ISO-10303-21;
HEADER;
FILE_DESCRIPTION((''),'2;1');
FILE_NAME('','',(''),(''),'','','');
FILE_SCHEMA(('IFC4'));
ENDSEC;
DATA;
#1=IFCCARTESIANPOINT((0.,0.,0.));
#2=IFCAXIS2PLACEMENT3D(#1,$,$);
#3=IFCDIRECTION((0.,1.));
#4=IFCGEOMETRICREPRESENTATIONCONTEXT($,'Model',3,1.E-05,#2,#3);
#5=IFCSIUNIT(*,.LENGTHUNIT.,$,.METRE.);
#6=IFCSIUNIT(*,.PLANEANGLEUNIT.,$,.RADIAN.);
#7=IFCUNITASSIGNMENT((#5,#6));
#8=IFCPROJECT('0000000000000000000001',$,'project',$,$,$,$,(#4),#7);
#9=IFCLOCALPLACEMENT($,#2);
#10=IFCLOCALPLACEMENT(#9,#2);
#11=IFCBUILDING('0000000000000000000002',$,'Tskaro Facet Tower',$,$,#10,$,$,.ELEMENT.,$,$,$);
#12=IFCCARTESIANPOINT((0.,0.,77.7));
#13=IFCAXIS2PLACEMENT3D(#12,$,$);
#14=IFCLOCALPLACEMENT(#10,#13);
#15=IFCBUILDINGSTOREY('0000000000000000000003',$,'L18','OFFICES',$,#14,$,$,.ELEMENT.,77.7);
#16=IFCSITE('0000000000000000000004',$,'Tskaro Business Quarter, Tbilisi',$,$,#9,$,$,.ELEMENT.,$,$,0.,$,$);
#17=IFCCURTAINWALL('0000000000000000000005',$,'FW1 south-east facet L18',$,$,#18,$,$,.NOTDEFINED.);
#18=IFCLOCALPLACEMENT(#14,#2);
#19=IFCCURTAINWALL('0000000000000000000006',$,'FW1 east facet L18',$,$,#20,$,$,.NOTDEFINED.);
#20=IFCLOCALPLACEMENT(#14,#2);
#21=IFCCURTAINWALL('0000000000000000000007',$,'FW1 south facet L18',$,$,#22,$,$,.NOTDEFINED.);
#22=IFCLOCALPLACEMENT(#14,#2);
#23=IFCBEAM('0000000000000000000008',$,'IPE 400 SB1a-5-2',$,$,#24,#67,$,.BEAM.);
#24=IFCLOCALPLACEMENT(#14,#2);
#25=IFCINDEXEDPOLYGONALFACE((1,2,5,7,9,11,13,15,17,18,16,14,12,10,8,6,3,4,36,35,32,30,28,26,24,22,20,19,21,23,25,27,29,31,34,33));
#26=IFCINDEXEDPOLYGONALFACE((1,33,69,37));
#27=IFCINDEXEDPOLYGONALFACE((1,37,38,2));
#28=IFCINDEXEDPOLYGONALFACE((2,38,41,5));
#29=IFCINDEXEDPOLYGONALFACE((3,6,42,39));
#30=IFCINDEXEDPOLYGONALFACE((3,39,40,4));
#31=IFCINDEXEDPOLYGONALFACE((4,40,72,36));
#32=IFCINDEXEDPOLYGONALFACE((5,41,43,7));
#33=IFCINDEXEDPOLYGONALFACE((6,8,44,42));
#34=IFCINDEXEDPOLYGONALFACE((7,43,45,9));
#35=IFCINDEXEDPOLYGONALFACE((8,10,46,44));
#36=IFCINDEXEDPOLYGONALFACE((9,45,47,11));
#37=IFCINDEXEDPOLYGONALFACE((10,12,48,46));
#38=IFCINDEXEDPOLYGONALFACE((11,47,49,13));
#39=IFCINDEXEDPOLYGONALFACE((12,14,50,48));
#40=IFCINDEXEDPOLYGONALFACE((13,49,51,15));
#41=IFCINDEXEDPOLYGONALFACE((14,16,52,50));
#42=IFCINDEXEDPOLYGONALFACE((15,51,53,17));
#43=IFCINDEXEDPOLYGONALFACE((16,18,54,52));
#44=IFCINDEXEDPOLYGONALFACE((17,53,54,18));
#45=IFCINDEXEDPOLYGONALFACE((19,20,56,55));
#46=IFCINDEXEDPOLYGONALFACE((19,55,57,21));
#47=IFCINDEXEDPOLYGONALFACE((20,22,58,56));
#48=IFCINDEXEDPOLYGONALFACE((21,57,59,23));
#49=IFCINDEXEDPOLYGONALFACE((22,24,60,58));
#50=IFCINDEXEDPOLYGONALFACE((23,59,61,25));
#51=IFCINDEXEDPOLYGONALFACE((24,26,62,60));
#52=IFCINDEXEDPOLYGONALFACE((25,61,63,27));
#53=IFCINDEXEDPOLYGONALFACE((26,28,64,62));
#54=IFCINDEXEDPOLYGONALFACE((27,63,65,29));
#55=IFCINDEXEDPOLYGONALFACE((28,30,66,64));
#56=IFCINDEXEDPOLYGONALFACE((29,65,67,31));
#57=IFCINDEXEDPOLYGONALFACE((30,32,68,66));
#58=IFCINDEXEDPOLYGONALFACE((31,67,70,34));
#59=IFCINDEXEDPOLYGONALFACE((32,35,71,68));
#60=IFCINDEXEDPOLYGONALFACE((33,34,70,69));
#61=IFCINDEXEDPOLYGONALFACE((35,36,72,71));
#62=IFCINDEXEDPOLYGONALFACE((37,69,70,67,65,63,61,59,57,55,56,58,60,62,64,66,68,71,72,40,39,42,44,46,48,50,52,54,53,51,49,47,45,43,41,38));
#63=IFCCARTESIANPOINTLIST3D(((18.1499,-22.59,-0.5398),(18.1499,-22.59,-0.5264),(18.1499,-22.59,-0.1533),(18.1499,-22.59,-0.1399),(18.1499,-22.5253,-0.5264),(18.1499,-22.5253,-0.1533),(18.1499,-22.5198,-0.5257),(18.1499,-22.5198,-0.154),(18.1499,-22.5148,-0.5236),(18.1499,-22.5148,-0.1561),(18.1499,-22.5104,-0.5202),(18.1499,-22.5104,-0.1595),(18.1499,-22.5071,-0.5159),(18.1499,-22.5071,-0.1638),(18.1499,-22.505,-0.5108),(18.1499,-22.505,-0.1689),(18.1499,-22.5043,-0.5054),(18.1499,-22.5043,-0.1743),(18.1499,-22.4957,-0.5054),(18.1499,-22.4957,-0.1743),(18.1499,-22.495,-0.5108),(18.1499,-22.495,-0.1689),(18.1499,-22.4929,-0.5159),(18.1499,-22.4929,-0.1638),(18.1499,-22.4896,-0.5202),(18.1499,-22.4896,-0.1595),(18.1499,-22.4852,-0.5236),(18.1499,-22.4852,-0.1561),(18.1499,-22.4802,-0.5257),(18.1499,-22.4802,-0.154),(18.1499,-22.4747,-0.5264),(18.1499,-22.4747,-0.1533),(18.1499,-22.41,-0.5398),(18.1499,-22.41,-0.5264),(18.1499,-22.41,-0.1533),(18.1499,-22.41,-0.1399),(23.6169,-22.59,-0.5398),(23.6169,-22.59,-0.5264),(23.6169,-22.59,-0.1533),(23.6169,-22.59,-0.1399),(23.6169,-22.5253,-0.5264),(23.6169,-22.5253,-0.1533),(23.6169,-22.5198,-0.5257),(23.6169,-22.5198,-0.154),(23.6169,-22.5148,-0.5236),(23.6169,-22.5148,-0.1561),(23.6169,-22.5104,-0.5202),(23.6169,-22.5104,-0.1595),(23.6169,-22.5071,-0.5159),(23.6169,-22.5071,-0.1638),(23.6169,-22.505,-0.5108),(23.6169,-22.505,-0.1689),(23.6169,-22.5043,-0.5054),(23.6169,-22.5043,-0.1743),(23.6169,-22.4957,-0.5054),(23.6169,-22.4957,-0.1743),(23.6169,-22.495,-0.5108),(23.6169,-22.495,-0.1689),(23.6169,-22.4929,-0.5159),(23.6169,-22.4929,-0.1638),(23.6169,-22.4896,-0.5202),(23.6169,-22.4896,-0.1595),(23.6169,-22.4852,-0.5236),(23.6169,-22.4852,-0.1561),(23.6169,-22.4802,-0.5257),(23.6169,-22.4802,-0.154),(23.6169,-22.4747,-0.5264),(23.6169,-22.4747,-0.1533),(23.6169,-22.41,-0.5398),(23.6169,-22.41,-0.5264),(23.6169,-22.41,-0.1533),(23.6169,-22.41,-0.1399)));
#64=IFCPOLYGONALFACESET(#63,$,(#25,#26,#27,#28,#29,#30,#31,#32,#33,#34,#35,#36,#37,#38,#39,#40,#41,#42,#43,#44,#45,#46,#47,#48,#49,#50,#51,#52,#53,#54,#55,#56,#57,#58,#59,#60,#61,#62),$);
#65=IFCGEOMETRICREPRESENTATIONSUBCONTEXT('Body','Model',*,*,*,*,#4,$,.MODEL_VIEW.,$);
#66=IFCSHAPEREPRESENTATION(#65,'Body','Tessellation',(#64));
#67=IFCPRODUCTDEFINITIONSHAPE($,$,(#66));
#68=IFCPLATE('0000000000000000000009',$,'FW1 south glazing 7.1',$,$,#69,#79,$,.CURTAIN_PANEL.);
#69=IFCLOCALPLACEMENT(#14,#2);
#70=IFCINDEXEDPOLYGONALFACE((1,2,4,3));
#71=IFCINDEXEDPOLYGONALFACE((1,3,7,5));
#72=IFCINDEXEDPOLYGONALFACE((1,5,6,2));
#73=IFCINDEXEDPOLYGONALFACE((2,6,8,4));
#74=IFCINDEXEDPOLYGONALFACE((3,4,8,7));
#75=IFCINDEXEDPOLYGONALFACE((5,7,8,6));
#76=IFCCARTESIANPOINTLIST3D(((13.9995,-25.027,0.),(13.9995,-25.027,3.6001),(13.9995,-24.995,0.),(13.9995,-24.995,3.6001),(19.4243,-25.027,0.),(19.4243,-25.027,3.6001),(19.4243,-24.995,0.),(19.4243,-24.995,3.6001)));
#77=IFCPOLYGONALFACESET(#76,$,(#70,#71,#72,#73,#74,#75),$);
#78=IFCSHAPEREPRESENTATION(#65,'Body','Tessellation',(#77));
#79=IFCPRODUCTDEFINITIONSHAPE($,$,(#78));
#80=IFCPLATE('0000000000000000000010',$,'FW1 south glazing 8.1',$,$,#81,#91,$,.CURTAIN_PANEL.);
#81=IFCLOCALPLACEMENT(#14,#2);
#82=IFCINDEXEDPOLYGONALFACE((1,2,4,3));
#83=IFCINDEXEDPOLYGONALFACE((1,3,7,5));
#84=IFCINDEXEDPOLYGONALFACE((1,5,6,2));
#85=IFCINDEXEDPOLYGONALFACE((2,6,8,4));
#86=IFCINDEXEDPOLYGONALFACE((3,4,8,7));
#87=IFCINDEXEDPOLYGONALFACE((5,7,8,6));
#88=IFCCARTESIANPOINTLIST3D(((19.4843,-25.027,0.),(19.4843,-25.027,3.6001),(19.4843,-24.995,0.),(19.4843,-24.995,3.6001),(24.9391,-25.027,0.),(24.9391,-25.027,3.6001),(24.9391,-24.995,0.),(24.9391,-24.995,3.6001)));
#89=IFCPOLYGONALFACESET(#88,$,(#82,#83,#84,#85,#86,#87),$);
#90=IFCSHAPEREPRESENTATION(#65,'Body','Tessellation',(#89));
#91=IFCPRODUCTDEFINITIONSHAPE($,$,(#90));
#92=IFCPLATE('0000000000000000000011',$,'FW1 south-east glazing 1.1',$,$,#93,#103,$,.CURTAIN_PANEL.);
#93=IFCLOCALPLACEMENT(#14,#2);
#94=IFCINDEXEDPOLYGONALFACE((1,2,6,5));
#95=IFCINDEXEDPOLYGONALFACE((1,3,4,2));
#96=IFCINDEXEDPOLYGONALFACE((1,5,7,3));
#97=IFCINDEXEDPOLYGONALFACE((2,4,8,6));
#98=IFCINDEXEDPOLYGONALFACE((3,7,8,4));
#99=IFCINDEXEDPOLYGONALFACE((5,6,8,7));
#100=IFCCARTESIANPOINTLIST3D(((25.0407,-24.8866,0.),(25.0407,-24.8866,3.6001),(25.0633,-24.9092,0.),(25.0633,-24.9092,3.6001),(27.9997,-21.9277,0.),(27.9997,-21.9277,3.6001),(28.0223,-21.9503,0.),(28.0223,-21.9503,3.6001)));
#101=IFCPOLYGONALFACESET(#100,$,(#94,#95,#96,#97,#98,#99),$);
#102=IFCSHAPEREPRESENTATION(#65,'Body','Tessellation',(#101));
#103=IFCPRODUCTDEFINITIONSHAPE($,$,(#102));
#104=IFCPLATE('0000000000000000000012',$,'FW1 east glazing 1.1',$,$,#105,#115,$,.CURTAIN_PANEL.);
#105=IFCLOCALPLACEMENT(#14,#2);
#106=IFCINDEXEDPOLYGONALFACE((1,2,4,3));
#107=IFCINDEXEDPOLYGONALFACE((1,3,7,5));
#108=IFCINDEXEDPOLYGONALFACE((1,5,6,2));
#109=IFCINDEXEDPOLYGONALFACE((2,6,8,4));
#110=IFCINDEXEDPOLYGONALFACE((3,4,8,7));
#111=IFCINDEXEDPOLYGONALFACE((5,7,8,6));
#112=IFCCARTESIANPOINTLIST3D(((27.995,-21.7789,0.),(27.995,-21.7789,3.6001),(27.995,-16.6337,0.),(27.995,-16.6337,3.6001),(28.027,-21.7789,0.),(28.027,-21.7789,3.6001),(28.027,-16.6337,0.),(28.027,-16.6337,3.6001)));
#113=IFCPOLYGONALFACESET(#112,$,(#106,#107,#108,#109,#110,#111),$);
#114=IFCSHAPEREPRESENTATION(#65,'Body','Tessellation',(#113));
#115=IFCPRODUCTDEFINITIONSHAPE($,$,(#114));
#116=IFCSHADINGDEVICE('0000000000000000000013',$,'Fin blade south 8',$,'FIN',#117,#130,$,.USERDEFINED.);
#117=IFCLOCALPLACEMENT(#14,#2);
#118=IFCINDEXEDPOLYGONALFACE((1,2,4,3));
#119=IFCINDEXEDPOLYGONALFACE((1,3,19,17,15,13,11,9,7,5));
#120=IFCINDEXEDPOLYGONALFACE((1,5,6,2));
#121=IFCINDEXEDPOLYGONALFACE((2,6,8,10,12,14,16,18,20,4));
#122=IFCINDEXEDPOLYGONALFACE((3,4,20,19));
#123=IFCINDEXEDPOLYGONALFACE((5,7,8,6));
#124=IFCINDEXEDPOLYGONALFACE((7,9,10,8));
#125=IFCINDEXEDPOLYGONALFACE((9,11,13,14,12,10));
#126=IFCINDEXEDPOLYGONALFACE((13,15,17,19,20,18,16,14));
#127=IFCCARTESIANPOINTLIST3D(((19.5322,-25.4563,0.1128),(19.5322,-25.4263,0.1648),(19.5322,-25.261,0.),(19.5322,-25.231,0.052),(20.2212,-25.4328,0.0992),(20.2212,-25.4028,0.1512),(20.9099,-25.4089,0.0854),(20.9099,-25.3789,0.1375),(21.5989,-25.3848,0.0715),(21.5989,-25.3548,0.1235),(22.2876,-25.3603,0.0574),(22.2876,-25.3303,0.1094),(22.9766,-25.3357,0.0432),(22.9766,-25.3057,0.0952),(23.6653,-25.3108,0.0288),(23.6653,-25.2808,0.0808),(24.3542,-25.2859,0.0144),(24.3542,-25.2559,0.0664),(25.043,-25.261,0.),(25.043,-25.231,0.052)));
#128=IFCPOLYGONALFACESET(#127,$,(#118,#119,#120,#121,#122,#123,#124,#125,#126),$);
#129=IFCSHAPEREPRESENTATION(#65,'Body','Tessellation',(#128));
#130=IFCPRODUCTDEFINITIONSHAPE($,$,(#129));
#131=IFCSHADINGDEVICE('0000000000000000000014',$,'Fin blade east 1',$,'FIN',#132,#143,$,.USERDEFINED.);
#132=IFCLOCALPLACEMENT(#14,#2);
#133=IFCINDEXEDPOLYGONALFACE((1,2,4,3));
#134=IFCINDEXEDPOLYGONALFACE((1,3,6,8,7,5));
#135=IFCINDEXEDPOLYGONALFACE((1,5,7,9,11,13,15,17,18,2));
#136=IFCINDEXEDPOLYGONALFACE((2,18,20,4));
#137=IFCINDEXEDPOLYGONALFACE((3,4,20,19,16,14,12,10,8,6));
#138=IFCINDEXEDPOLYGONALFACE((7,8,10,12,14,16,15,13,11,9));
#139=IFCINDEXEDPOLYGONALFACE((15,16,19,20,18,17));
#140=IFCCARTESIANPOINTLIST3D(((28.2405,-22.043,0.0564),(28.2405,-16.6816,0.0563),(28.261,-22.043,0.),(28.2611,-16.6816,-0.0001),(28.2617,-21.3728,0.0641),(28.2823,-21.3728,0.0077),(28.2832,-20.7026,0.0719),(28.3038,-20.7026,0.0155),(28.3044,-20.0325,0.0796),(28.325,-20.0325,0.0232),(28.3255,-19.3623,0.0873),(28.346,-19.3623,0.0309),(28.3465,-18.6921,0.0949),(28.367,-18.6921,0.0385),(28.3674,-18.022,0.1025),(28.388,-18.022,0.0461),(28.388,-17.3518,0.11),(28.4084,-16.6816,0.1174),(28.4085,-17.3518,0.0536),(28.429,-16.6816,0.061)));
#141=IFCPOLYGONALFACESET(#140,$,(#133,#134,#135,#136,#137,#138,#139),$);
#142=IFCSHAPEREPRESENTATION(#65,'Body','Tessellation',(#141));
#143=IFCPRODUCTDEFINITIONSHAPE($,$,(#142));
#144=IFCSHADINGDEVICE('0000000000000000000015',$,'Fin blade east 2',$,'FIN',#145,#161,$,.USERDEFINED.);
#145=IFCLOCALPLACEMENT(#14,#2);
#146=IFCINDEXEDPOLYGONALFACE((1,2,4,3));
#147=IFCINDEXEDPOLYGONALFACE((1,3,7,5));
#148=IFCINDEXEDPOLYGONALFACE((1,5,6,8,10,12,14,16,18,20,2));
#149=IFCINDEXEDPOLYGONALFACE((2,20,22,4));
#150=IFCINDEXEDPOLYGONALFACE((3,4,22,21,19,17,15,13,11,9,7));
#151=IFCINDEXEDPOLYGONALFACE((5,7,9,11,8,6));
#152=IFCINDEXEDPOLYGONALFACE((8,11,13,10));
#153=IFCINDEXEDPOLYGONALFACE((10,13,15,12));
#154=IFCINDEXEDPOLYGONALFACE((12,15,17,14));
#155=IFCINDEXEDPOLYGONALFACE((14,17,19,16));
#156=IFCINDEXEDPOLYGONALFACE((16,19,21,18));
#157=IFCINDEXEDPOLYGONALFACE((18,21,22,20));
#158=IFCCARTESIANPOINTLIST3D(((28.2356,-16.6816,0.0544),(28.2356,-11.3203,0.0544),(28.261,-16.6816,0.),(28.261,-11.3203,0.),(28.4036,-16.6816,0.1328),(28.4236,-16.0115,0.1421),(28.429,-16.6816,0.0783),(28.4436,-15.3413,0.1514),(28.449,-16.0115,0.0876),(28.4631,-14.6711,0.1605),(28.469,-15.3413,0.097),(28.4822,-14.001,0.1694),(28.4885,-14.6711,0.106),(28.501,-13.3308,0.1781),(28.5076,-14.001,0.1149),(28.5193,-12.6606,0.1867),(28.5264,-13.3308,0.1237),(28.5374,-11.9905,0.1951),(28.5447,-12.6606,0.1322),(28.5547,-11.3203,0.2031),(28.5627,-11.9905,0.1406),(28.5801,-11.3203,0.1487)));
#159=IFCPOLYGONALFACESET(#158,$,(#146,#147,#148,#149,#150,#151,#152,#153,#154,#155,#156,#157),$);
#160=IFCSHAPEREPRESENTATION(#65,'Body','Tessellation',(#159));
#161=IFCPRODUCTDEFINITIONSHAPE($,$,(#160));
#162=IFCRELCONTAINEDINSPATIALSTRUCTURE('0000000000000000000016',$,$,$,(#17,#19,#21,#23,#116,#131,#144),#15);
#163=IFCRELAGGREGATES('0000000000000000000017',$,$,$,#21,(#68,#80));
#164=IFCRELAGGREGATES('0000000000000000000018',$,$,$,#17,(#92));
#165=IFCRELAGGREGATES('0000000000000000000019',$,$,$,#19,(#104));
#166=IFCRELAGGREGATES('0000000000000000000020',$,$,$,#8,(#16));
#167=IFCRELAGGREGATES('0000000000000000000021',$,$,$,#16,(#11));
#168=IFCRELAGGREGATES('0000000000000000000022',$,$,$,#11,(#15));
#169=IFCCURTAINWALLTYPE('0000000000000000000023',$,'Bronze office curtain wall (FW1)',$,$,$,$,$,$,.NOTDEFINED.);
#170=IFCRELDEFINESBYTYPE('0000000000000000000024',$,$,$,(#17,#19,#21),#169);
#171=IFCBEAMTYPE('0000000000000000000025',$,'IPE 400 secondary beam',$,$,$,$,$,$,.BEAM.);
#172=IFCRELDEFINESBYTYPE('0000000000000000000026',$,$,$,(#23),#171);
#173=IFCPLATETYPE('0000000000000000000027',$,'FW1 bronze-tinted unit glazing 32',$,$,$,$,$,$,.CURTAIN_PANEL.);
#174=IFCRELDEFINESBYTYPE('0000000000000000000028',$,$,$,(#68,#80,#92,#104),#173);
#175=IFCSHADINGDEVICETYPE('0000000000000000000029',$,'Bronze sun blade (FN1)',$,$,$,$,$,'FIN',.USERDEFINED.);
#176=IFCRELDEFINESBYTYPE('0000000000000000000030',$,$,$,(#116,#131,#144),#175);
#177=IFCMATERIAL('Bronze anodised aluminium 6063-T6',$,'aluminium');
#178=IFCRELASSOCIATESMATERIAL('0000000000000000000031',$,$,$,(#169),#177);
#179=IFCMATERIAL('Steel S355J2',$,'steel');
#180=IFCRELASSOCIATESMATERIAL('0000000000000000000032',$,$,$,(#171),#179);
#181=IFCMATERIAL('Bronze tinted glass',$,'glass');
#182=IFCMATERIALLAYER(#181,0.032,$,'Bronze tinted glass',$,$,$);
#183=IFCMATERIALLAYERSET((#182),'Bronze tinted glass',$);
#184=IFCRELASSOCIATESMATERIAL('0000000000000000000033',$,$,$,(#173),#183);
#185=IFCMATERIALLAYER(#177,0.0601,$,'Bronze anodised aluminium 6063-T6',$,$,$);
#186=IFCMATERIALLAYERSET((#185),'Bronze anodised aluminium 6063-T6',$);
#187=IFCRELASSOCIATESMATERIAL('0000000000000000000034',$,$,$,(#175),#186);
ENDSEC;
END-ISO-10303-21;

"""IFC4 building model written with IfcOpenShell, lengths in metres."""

from ifc_helpers import new_model, si_unit, direction, frame, origin, origin_2d, place, context, subcontext, project, spatial, polyline, rectangle, i_section, outline, extrude, material, layer, layer_set, material_profile, profile_set, type_object, element, aggregate, save


model = new_model("IFC4")

# Units and contexts
model_context = context("Model", 3, precision=1e-05, world=origin(), true_north=direction((0.0, 1.0)))
body_context = subcontext(model_context, "Body", "Model", "MODEL_VIEW")
ifc_project = project(units=[si_unit("LENGTHUNIT", "METRE"), si_unit("PLANEANGLEUNIT", "RADIAN")], contexts=[model_context])

# Site, building, storey
site_placement = place(None, origin())
site = spatial("IfcSite", under=ifc_project, at=site_placement, Name="Tskaro Business Quarter, Tbilisi", CompositionType="ELEMENT", RefElevation=0.0)
building_placement = place(site_placement, origin())
building = spatial("IfcBuilding", under=site, at=building_placement, Name="Tskaro Facet Tower", CompositionType="ELEMENT")
storey_placement = place(building_placement, frame((0.0, 0.0, 77.7)))
storey = spatial("IfcBuildingStorey", under=building, at=storey_placement, Name="L18", Description="OFFICES", CompositionType="ELEMENT", Elevation=77.7)

# Curtain walls
ifc_material_1 = material(Name="Bronze anodised aluminium 6063-T6", Category="aluminium")
curtain_wall_type = type_object("IfcCurtainWallType", Name="Bronze office curtain wall (FW1)", PredefinedType="NOTDEFINED", material=ifc_material_1)
curtain_wall_1_placement = place(storey_placement, origin())
curtain_wall_1 = element("IfcCurtainWall", 1, at=curtain_wall_1_placement, inside=storey, type_object=curtain_wall_type, Name="FW1 south-east facet L18", PredefinedType="NOTDEFINED")
curtain_wall_2_placement = place(storey_placement, origin())
curtain_wall_2 = element("IfcCurtainWall", 2, at=curtain_wall_2_placement, inside=storey, type_object=curtain_wall_type, Name="FW1 east facet L18", PredefinedType="NOTDEFINED")

# Curtain wall
curtain_wall_3_placement = place(storey_placement, origin())
curtain_wall_3 = element("IfcCurtainWall", 3, at=curtain_wall_3_placement, inside=storey, type_object=curtain_wall_type, Name="FW1 south facet L18", PredefinedType="NOTDEFINED")

# Beam
ifc_material_2 = material(Name="Steel S355J2", Category="steel")
ifc_material_profile_1 = material_profile(ifc_material_2, i_section(OverallWidth=0.1799, OverallDepth=0.3999, WebThickness=0.0085, FlangeThickness=0.0134, FilletRadius=0.021, at=origin_2d()), Name="IPE 400")
ifc_profile_set_1 = profile_set([ifc_material_profile_1], Name="Steel S355J2")
beam_type_1 = type_object("IfcBeamType", Name="IPE 400 secondary beam", PredefinedType="BEAM", material=ifc_profile_set_1)
beam_1_placement = place(storey_placement, frame((18.1499, -22.5, -0.3398), z_axis=(1.0, 0.0, 0.0), x_axis=(0.0, 1.0, 0.0)))
element("IfcBeam", 4, at=beam_1_placement, inside=storey, type_object=beam_type_1, Name="IPE 400 SB1a-5-2", PredefinedType="BEAM", context=body_context, shape_type="SweptSolid", body=[
    extrude(i_section(OverallWidth=0.1799, OverallDepth=0.3999, WebThickness=0.0085, FlangeThickness=0.0134, FilletRadius=0.021, at=origin_2d()), origin(), (0.0, 0.0, 1.0), 5.467),
])

# Plates
ifc_material_3 = material(Name="Bronze tinted glass", Category="glass")
ifc_layer_1 = layer(ifc_material_3, 0.032, Name="Bronze tinted glass")
ifc_layer_set_1 = layer_set([ifc_layer_1], Name="Bronze tinted glass")
plate_type = type_object("IfcPlateType", Name="FW1 bronze-tinted unit glazing 32", PredefinedType="CURTAIN_PANEL", material=ifc_layer_set_1)
plate_1_placement = place(storey_placement, frame((16.7119, -25.011, 0.0), z_axis=(0.0, 0.0, 1.0), x_axis=(1.0, 0.0, 0.0)))
plate_1 = element("IfcPlate", 5, at=plate_1_placement, type_object=plate_type, Name="FW1 south glazing 7.1", PredefinedType="CURTAIN_PANEL", context=body_context, shape_type="SweptSolid", body=[
    extrude(rectangle(XDim=5.4248, YDim=0.032, at=origin_2d()), origin(), (0.0, 0.0, 1.0), 3.6001),
])
plate_2_placement = place(storey_placement, frame((22.2117, -25.011, 0.0), z_axis=(0.0, 0.0, 1.0), x_axis=(1.0, 0.0, 0.0)))
plate_2 = element("IfcPlate", 6, at=plate_2_placement, type_object=plate_type, Name="FW1 south glazing 8.1", PredefinedType="CURTAIN_PANEL", context=body_context, shape_type="SweptSolid", body=[
    extrude(rectangle(XDim=5.4548, YDim=0.032, at=origin_2d()), origin(), (0.0, 0.0, 1.0), 3.6001),
])
aggregate(curtain_wall_3, [plate_1, plate_2])
plate_3_placement = place(storey_placement, frame((26.5315, -23.4185, 0.0), z_axis=(0.0, 0.0, 1.0), x_axis=(0.707107, 0.707107, 0.0)))
plate_3 = element("IfcPlate", 7, at=plate_3_placement, type_object=plate_type, Name="FW1 south-east glazing 1.1", PredefinedType="CURTAIN_PANEL", context=body_context, shape_type="SweptSolid", body=[
    extrude(rectangle(XDim=4.1846, YDim=0.032, at=origin_2d()), origin(), (0.0, 0.0, 1.0), 3.6001),
])
aggregate(curtain_wall_1, [plate_3])
plate_4_placement = place(storey_placement, frame((28.011, -19.2063, 0.0), z_axis=(0.0, 0.0, 1.0), x_axis=(0.0, 1.0, 0.0)))
plate_4 = element("IfcPlate", 8, at=plate_4_placement, type_object=plate_type, Name="FW1 east glazing 1.1", PredefinedType="CURTAIN_PANEL", context=body_context, shape_type="SweptSolid", body=[
    extrude(rectangle(XDim=5.1453, YDim=0.032, at=origin_2d()), origin(), (0.0, 0.0, 1.0), 3.6001),
])
aggregate(curtain_wall_2, [plate_4])

# Shading devices
ifc_layer_2 = layer(ifc_material_1, 0.0601, Name="Bronze anodised aluminium 6063-T6")
ifc_layer_set_2 = layer_set([ifc_layer_2], Name="Bronze anodised aluminium 6063-T6")
shading_device_type = type_object("IfcShadingDeviceType", Name="Bronze sun blade (FN1)", ElementType="FIN", PredefinedType="USERDEFINED", material=ifc_layer_set_2)
shading_device_1_placement = place(storey_placement, frame((19.5322, -25.231, 0.052), z_axis=(-0.000002, 0.500139, 0.865945), x_axis=(1.0, 0.000001, 0.000002)))
element("IfcShadingDevice", 9, at=shading_device_1_placement, inside=storey, type_object=shading_device_type, Name="Fin blade south 8", ObjectType="FIN", PredefinedType="USERDEFINED", context=body_context, shape_type="SweptSolid", body=[
    extrude(outline(polyline([(0.0, 0.0), (5.5107, 0.0), (4.822, -0.0288), (4.1331, -0.0575), (3.4443, -0.0863), (2.7554, -0.1147), (2.0667, -0.143), (1.3777, -0.1709), (0.689, -0.1984), (0.0, -0.2255), (0.0, 0.0)])), origin(), (0.0, 0.0, -1.0), 0.0601),
])
shading_device_2_placement = place(storey_placement, frame((28.2405, -22.043, 0.0564), z_axis=(-0.342124, 0.000021, 0.939655), x_axis=(0.000007, 1.0, -0.00002)))
element("IfcShadingDevice", 10, at=shading_device_2_placement, inside=storey, type_object=shading_device_type, Name="Fin blade east 1", ObjectType="FIN", PredefinedType="USERDEFINED", context=body_context, shape_type="SweptSolid", body=[
    extrude(outline(polyline([(0.0, 0.0), (5.3613, 0.0), (5.3613, -0.1787), (4.6912, -0.1569), (4.021, -0.1351), (3.3508, -0.1128), (2.6807, -0.0904), (2.0105, -0.068), (1.3403, -0.0455), (0.6702, -0.0226), (0.0, 0.0)])), origin(), (0.0, 0.0, -1.0), 0.0601),
])
shading_device_3_placement = place(storey_placement, frame((28.2356, -16.6816, 0.0544), z_axis=(-0.422512, 0.000011, 0.906357), x_axis=(0.000005, 1.0, -0.00001)))
element("IfcShadingDevice", 11, at=shading_device_3_placement, inside=storey, type_object=shading_device_type, Name="Fin blade east 2", ObjectType="FIN", PredefinedType="USERDEFINED", context=body_context, shape_type="SweptSolid", body=[
    extrude(outline(polyline([(0.0, 0.0), (5.3613, 0.0), (5.3613, -0.352), (4.6912, -0.3329), (4.021, -0.313), (3.3508, -0.2928), (2.6807, -0.2721), (2.0105, -0.251), (1.3403, -0.2295), (0.6702, -0.2074), (0.0, -0.1854), (0.0, 0.0)])), origin(), (0.0, 0.0, -1.0), 0.0601),
])

save(model, "model.ifc")
